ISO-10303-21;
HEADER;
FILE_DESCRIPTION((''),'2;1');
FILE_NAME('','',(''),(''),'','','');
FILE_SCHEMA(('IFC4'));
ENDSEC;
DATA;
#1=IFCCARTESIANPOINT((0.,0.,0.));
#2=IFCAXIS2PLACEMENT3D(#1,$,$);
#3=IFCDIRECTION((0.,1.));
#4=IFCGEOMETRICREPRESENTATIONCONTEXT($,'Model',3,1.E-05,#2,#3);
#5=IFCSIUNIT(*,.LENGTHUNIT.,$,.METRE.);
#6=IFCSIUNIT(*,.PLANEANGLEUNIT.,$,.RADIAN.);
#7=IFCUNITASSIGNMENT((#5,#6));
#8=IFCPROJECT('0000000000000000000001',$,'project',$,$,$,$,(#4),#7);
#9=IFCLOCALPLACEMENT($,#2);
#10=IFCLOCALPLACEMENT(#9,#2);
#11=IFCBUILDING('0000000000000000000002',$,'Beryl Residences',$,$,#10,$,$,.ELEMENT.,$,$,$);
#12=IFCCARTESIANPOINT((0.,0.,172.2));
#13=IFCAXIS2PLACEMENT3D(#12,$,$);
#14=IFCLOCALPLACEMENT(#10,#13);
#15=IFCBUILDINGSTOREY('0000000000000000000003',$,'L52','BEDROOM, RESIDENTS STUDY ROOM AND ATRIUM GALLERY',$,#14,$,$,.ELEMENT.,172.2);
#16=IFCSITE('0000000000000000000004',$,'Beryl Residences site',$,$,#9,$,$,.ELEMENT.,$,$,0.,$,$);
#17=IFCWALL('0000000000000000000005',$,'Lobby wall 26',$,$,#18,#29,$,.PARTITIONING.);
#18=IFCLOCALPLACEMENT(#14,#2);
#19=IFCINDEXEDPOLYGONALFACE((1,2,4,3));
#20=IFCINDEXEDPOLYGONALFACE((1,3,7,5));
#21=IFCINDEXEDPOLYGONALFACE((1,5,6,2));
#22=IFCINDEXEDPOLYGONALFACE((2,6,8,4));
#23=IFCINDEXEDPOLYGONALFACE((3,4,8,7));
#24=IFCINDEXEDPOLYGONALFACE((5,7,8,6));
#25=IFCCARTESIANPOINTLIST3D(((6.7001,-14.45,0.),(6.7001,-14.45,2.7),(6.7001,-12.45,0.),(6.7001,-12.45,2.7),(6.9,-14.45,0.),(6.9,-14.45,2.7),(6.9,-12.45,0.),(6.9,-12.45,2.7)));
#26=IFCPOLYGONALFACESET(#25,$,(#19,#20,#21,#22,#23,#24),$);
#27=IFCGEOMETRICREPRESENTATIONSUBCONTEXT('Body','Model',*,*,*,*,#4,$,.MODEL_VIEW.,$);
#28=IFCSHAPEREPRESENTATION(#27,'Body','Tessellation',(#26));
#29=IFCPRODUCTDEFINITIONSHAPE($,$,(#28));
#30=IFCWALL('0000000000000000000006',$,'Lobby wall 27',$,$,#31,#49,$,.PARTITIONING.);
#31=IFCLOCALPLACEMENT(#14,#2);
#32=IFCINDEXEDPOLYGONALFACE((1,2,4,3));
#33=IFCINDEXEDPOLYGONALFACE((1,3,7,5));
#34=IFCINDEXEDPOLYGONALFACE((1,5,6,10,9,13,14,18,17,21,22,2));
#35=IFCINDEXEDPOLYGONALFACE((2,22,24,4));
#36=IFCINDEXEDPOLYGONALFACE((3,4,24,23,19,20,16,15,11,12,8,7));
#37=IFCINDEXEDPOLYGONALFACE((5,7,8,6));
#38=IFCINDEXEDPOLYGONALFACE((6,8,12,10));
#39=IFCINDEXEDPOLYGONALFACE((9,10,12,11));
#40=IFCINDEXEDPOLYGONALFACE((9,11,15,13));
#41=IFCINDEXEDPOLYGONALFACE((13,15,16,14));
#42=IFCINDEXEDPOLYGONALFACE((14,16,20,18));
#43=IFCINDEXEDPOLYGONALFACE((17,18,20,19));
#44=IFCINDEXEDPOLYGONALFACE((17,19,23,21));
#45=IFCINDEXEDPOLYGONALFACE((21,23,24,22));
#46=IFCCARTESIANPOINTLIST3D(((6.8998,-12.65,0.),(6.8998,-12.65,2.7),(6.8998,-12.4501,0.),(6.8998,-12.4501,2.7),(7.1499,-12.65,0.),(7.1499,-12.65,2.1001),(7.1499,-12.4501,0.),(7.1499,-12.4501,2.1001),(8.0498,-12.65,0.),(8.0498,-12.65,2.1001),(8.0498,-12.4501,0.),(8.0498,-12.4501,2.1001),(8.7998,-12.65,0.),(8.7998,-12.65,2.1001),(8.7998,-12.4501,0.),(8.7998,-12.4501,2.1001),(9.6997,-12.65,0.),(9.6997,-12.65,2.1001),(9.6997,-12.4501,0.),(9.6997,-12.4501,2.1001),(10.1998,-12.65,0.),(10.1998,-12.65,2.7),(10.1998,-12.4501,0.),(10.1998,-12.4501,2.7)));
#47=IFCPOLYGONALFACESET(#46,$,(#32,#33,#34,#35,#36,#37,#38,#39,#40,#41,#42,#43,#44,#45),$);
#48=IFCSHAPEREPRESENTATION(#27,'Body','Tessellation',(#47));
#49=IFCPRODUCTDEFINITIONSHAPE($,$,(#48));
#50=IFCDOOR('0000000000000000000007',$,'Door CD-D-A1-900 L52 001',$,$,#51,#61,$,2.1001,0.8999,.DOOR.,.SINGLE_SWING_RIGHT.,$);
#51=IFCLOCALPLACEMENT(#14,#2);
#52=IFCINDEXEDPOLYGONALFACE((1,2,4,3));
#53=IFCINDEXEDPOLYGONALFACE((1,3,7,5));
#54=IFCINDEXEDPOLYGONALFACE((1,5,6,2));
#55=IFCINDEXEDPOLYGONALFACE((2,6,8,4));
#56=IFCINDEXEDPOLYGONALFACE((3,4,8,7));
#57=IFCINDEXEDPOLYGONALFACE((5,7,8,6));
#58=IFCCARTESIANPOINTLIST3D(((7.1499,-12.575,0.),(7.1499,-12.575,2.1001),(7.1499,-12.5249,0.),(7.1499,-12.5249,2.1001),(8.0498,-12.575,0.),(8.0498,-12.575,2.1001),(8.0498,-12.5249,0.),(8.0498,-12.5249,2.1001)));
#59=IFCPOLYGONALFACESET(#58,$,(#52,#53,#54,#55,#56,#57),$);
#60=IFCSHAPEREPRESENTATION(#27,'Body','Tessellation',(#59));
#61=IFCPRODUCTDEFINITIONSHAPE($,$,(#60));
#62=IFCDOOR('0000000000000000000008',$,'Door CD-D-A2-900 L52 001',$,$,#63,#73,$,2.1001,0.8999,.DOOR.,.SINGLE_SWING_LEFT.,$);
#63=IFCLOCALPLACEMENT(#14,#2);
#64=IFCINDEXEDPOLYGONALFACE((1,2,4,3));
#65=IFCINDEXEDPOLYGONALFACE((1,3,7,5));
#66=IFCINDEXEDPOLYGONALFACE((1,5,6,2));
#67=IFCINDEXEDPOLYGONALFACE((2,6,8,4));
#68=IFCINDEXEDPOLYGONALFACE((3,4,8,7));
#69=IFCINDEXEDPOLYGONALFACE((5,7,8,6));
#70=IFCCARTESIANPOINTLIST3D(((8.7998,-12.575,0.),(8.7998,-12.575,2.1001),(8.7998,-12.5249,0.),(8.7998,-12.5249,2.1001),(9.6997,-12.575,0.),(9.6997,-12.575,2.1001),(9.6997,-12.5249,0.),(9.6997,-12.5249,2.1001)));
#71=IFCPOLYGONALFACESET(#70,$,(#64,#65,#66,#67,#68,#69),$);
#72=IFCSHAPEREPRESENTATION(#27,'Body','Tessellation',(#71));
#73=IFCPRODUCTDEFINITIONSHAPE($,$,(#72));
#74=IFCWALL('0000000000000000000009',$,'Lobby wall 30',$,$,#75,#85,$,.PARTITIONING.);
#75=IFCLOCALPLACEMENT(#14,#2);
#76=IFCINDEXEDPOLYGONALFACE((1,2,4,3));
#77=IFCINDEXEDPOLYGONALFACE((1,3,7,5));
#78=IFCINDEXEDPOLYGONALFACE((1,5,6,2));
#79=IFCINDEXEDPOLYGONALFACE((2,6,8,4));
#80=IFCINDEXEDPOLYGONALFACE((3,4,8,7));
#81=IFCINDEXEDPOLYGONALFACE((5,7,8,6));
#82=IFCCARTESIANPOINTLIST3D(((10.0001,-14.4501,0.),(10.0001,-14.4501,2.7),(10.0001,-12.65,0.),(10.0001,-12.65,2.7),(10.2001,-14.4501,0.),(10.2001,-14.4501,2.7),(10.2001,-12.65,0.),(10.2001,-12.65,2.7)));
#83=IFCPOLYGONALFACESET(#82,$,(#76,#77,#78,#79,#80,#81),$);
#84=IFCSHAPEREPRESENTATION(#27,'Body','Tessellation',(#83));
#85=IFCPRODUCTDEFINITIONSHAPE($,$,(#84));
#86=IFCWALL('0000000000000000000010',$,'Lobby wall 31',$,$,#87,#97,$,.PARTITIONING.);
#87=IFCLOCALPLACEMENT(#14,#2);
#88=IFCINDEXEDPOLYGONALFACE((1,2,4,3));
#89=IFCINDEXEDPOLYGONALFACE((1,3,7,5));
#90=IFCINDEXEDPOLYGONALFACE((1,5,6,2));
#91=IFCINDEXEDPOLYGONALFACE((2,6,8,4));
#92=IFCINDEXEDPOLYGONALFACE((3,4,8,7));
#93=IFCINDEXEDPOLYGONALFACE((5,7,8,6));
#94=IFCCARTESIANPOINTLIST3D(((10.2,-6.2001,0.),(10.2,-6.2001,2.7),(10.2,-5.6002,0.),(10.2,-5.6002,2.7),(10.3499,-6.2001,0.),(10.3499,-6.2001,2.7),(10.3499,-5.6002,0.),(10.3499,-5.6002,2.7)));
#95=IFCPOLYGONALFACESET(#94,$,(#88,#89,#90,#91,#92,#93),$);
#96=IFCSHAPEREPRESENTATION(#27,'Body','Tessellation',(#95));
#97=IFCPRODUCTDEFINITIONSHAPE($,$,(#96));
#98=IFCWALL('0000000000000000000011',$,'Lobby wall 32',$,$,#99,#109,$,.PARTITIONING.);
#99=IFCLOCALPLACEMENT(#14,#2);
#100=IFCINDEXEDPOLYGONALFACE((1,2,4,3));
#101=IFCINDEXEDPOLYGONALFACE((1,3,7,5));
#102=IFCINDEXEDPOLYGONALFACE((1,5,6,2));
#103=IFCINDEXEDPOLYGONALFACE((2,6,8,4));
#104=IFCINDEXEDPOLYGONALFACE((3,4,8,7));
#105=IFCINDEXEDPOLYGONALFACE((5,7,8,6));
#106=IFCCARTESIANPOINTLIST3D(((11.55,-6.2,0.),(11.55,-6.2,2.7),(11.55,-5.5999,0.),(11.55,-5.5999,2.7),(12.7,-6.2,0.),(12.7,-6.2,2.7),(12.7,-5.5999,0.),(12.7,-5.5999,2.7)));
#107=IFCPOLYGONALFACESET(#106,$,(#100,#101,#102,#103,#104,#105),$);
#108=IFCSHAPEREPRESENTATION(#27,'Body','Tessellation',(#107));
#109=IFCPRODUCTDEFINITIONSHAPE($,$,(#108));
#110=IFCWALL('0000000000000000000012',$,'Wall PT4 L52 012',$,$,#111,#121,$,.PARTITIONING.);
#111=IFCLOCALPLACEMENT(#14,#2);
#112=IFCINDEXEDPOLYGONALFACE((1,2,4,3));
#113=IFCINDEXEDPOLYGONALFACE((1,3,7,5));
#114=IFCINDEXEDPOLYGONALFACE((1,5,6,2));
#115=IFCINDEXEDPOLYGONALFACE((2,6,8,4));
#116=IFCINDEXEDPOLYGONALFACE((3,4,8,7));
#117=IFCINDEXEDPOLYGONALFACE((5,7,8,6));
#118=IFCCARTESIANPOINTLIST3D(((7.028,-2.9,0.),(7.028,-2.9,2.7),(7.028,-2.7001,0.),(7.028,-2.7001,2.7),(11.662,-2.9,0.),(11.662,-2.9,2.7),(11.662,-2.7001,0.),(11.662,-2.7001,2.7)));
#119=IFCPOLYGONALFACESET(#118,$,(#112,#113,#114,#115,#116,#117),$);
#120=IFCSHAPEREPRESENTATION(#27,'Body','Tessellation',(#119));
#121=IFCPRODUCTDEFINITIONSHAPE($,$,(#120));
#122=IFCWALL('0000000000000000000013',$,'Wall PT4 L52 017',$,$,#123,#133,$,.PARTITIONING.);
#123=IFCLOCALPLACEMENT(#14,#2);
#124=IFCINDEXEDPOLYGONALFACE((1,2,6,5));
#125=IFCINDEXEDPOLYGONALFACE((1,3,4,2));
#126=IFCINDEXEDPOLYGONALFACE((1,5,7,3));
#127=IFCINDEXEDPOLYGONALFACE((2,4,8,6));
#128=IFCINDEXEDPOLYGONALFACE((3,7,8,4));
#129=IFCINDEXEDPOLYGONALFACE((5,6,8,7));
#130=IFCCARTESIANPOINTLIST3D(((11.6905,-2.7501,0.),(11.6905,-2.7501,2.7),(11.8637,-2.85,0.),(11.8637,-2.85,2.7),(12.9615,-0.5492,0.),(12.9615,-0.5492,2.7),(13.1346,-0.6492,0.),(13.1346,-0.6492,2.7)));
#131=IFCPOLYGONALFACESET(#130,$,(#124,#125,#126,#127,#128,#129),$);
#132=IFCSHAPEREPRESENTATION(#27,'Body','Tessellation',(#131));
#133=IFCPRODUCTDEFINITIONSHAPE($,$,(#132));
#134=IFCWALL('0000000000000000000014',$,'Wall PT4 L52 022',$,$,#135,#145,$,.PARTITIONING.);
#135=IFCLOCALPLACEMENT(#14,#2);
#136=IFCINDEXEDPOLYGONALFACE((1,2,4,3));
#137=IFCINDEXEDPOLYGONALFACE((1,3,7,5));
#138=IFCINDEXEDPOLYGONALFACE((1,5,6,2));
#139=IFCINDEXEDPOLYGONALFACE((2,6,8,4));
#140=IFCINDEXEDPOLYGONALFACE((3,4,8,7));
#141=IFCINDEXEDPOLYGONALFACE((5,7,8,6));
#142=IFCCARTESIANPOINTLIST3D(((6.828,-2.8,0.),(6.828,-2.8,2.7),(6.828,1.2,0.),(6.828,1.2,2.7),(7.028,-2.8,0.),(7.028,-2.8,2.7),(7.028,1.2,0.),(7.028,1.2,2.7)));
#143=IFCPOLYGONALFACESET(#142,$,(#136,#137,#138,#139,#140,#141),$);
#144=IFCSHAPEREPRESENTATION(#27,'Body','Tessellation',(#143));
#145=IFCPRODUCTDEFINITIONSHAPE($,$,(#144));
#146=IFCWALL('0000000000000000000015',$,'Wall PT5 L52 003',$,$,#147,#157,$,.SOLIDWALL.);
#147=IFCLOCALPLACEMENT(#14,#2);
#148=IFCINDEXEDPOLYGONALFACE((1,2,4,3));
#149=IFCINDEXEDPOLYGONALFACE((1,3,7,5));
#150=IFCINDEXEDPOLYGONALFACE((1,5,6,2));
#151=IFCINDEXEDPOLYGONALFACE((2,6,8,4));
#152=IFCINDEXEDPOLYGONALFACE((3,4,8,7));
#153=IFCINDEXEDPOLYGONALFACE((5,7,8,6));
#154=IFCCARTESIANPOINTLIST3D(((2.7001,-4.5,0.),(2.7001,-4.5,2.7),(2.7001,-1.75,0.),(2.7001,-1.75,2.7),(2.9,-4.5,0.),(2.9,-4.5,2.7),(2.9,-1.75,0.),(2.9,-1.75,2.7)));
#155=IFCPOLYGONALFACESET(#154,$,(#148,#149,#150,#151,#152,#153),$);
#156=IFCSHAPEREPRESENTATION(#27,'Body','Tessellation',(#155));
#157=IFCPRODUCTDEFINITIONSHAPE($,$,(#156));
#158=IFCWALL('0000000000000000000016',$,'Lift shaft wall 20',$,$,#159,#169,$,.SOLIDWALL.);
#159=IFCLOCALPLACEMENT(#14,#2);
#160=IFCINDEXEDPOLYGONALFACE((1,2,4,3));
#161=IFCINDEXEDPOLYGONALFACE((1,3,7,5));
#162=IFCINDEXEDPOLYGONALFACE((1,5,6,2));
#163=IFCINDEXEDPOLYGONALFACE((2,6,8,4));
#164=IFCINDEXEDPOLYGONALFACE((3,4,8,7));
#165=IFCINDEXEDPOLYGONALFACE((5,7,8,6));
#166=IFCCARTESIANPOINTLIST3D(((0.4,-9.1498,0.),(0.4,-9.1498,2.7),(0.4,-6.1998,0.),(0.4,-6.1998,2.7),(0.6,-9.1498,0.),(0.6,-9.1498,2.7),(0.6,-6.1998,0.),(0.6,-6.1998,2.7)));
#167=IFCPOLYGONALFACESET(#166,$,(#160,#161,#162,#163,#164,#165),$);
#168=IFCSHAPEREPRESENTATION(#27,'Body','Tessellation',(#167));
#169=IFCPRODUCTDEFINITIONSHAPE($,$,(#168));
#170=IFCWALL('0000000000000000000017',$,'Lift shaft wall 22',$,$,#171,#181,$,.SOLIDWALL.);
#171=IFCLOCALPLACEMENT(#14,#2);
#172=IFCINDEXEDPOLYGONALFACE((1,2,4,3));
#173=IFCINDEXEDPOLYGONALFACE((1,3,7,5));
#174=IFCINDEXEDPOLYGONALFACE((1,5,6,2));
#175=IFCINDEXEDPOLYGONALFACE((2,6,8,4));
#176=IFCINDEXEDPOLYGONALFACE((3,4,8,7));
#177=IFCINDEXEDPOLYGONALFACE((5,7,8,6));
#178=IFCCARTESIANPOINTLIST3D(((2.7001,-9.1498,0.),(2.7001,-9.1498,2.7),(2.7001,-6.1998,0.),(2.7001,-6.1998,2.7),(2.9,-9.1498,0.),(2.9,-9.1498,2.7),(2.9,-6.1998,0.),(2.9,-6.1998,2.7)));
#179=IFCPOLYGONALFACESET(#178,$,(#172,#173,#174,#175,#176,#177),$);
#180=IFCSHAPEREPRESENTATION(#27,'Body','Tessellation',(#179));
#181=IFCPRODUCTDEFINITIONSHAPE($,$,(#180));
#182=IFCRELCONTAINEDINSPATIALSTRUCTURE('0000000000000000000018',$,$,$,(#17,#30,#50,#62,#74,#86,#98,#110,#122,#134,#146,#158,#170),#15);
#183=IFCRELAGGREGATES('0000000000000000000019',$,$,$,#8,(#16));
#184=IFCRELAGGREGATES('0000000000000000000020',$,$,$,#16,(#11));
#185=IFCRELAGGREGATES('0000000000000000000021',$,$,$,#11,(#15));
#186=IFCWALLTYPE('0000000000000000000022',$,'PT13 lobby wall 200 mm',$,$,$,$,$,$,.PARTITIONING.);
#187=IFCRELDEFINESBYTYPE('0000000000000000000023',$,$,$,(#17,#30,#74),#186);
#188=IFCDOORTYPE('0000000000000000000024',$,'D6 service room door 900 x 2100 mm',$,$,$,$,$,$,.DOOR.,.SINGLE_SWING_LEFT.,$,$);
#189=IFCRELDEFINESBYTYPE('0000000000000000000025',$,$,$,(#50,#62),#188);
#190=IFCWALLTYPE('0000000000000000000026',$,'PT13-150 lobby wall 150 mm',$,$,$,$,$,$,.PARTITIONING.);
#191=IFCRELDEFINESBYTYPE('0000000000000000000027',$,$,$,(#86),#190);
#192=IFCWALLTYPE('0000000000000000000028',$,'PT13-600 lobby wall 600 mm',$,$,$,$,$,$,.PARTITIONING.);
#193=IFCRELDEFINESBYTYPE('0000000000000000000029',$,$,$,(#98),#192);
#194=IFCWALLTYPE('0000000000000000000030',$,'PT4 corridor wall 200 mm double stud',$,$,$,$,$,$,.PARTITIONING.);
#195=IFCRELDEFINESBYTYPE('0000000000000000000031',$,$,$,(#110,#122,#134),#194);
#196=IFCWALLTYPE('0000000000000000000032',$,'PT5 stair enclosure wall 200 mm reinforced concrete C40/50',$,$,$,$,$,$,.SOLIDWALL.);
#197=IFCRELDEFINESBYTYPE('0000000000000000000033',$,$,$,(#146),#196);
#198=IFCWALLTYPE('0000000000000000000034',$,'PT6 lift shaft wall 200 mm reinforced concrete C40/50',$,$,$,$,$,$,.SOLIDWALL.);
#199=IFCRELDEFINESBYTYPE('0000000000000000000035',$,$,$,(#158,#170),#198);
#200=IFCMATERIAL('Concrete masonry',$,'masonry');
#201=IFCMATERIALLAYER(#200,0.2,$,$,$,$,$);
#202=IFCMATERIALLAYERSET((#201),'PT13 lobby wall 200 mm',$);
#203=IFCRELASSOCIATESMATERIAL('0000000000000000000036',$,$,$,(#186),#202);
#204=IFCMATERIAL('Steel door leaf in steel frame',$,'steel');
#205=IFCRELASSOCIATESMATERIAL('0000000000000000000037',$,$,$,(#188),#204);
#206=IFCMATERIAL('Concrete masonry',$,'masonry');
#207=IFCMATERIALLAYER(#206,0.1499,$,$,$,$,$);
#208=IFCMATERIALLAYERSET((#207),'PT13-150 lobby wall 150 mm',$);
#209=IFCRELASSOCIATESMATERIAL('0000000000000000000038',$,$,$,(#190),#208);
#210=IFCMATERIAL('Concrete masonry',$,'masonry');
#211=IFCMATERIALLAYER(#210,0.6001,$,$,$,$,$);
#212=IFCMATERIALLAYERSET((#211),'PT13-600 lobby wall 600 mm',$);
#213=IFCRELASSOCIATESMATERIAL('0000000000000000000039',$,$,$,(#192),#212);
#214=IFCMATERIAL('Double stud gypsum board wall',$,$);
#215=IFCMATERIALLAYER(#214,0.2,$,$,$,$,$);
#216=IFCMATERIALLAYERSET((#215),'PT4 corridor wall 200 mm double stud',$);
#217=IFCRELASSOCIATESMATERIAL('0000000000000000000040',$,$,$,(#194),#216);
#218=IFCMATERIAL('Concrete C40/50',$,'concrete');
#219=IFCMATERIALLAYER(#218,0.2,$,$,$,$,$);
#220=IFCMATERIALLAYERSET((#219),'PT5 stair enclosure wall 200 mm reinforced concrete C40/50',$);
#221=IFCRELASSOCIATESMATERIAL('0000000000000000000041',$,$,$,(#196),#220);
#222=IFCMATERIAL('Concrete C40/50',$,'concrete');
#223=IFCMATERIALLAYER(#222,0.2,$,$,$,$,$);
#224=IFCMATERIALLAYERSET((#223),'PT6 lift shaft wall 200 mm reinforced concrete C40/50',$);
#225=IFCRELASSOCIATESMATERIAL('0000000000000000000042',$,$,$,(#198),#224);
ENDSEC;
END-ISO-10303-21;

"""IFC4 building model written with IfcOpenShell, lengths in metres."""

from ifc_helpers import new_model, si_unit, direction, frame, frame_2d, origin, place, context, subcontext, project, spatial, rectangle, extrude, material, layer, layer_set, type_object, element, fill, save


model = new_model("IFC4")

# Units and contexts
model_context = context("Model", 3, precision=1e-05, world=origin(), true_north=direction((0.0, 1.0)))
body_context = subcontext(model_context, "Body", "Model", "MODEL_VIEW")
ifc_project = project(units=[si_unit("LENGTHUNIT", "METRE"), si_unit("PLANEANGLEUNIT", "RADIAN")], contexts=[model_context])

# Site, building, storey
site_placement = place(None, origin())
site = spatial("IfcSite", under=ifc_project, at=site_placement, Name="Beryl Residences site", CompositionType="ELEMENT", RefElevation=0.0)
building_placement = place(site_placement, origin())
building = spatial("IfcBuilding", under=site, at=building_placement, Name="Beryl Residences", CompositionType="ELEMENT")
storey_placement = place(building_placement, frame((0.0, 0.0, 172.2)))
storey = spatial("IfcBuildingStorey", under=building, at=storey_placement, Name="L52", Description="BEDROOM, RESIDENTS STUDY ROOM AND ATRIUM GALLERY", CompositionType="ELEMENT", Elevation=172.2)

# Wall
ifc_material_1 = material(Name="Concrete masonry", Category="masonry")
ifc_layer_1 = layer(ifc_material_1, 0.2)
ifc_layer_set_1 = layer_set([ifc_layer_1], Name="PT13 lobby wall 200 mm")
wall_type_1 = type_object("IfcWallType", Name="PT13 lobby wall 200 mm", PredefinedType="PARTITIONING", material=ifc_layer_set_1)
wall_1_placement = place(storey_placement, frame((6.8, -14.45, 0.0), z_axis=(0.0, 0.0, 1.0), x_axis=(0.0, 1.0, 0.0)))
element("IfcWall", 1, at=wall_1_placement, inside=storey, type_object=wall_type_1, Name="Lobby wall 26", PredefinedType="PARTITIONING", context=body_context, shape_type="SweptSolid", body=[
    extrude(rectangle(XDim=2.0, YDim=0.2, at=frame_2d((1.0, 0.0))), origin(), (0.0, 0.0, 1.0), 2.7),
])

# Wall, openings, doors
wall_2_placement = place(storey_placement, frame((6.8999, -12.55, 0.0), z_axis=(0.0, 0.0, 1.0), x_axis=(1.0, 0.0, 0.0)))
wall_2 = element("IfcWall", 2, at=wall_2_placement, inside=storey, type_object=wall_type_1, Name="Lobby wall 27", PredefinedType="PARTITIONING", context=body_context, shape_type="SweptSolid", body=[
    extrude(rectangle(XDim=3.3, YDim=0.2, at=frame_2d((1.6499, 0.0))), origin(), (0.0, 0.0, 1.0), 2.7),
])
opening_1_placement = place(wall_2_placement, frame((1.1499, 0.0, 0.0), z_axis=(0.0, 0.0, 1.0), x_axis=(-1.0, 0.0, 0.0)))
opening_1 = element("IfcOpeningElement", 3, at=opening_1_placement, cuts=wall_2, PredefinedType="OPENING", context=body_context, shape_type="SweptSolid", body=[
    extrude(rectangle(XDim=0.8999, YDim=2.1001, at=frame_2d((0.45, 1.05))), frame((0.0, 0.1099, 0.0), z_axis=(0.0, -1.0, 0.0), x_axis=(1.0, 0.0, 0.0)), (0.0, 0.0, 1.0), 0.22),
])
opening_2_placement = place(wall_2_placement, frame((2.7998, 0.0, 0.0), z_axis=(0.0, 0.0, 1.0), x_axis=(-1.0, 0.0, 0.0)))
opening_2 = element("IfcOpeningElement", 4, at=opening_2_placement, cuts=wall_2, PredefinedType="OPENING", context=body_context, shape_type="SweptSolid", body=[
    extrude(rectangle(XDim=0.8999, YDim=2.1001, at=frame_2d((0.45, 1.05))), frame((0.0, 0.1099, 0.0), z_axis=(0.0, -1.0, 0.0), x_axis=(1.0, 0.0, 0.0)), (0.0, 0.0, 1.0), 0.22),
])
ifc_material_2 = material(Name="Steel door leaf in steel frame", Category="steel")
door_type = type_object("IfcDoorType", Name="D6 service room door 900 x 2100 mm", OperationType="SINGLE_SWING_LEFT", PredefinedType="DOOR", material=ifc_material_2)
door_1_placement = place(opening_1_placement, origin())
door_1 = element("IfcDoor", 5, at=door_1_placement, inside=storey, type_object=door_type, Name="Door CD-D-A1-900 L52 001", OperationType="SINGLE_SWING_RIGHT", OverallHeight=2.1001, OverallWidth=0.8999, PredefinedType="DOOR", context=body_context, shape_type="SweptSolid", body=[
    extrude(rectangle(XDim=0.8999, YDim=2.1001, at=frame_2d((0.45, 1.05))), frame((0.0, 0.0249, 0.0), z_axis=(0.0, -1.0, 0.0), x_axis=(1.0, 0.0, 0.0)), (0.0, 0.0, 1.0), 0.05),
])
fill(opening_1, door_1)
door_2_placement = place(opening_2_placement, origin())
door_2 = element("IfcDoor", 6, at=door_2_placement, inside=storey, type_object=door_type, Name="Door CD-D-A2-900 L52 001", OperationType="SINGLE_SWING_LEFT", OverallHeight=2.1001, OverallWidth=0.8999, PredefinedType="DOOR", context=body_context, shape_type="SweptSolid", body=[
    extrude(rectangle(XDim=0.8999, YDim=2.1001, at=frame_2d((0.45, 1.05))), frame((0.0, 0.0249, 0.0), z_axis=(0.0, -1.0, 0.0), x_axis=(1.0, 0.0, 0.0)), (0.0, 0.0, 1.0), 0.05),
])
fill(opening_2, door_2)

# Walls
wall_3_placement = place(storey_placement, frame((10.1001, -14.45, 0.0), z_axis=(0.0, 0.0, 1.0), x_axis=(0.0, 1.0, 0.0)))
element("IfcWall", 7, at=wall_3_placement, inside=storey, type_object=wall_type_1, Name="Lobby wall 30", PredefinedType="PARTITIONING", context=body_context, shape_type="SweptSolid", body=[
    extrude(rectangle(XDim=1.8, YDim=0.2, at=frame_2d((0.8999, 0.0))), origin(), (0.0, 0.0, 1.0), 2.7),
])
ifc_material_3 = material(Name="Concrete masonry", Category="masonry")
ifc_layer_2 = layer(ifc_material_3, 0.1499)
ifc_layer_set_2 = layer_set([ifc_layer_2], Name="PT13-150 lobby wall 150 mm")
wall_type_2 = type_object("IfcWallType", Name="PT13-150 lobby wall 150 mm", PredefinedType="PARTITIONING", material=ifc_layer_set_2)
wall_4_placement = place(storey_placement, frame((10.2749, -6.2, 0.0), z_axis=(0.0, 0.0, 1.0), x_axis=(0.0, 1.0, 0.0)))
element("IfcWall", 8, at=wall_4_placement, inside=storey, type_object=wall_type_2, Name="Lobby wall 31", PredefinedType="PARTITIONING", context=body_context, shape_type="SweptSolid", body=[
    extrude(rectangle(XDim=0.5999, YDim=0.1499, at=frame_2d((0.2998, 0.0))), origin(), (0.0, 0.0, 1.0), 2.7),
])
ifc_material_4 = material(Name="Concrete masonry", Category="masonry")
ifc_layer_3 = layer(ifc_material_4, 0.6001)
ifc_layer_set_3 = layer_set([ifc_layer_3], Name="PT13-600 lobby wall 600 mm")
wall_type_3 = type_object("IfcWallType", Name="PT13-600 lobby wall 600 mm", PredefinedType="PARTITIONING", material=ifc_layer_set_3)
wall_5_placement = place(storey_placement, frame((11.55, -5.8999, 0.0), z_axis=(0.0, 0.0, 1.0), x_axis=(1.0, 0.0, 0.0)))
element("IfcWall", 9, at=wall_5_placement, inside=storey, type_object=wall_type_3, Name="Lobby wall 32", PredefinedType="PARTITIONING", context=body_context, shape_type="SweptSolid", body=[
    extrude(rectangle(XDim=1.1499, YDim=0.6001, at=frame_2d((0.575, 0.0))), origin(), (0.0, 0.0, 1.0), 2.7),
])
ifc_material_5 = material(Name="Double stud gypsum board wall")
ifc_layer_4 = layer(ifc_material_5, 0.2)
ifc_layer_set_4 = layer_set([ifc_layer_4], Name="PT4 corridor wall 200 mm double stud")
wall_type_4 = type_object("IfcWallType", Name="PT4 corridor wall 200 mm double stud", PredefinedType="PARTITIONING", material=ifc_layer_set_4)
wall_6_placement = place(storey_placement, frame((7.0281, -2.8, 0.0), z_axis=(0.0, 0.0, 1.0), x_axis=(1.0, 0.0, 0.0)))
element("IfcWall", 10, at=wall_6_placement, inside=storey, type_object=wall_type_4, Name="Wall PT4 L52 012", PredefinedType="PARTITIONING", context=body_context, shape_type="SweptSolid", body=[
    extrude(rectangle(XDim=4.634, YDim=0.2, at=frame_2d((2.3169, 0.0))), origin(), (0.0, 0.0, 1.0), 2.7),
])
wall_7_placement = place(storey_placement, frame((11.7771, -2.8, 0.0), z_axis=(0.0, 0.0, 1.0), x_axis=(0.500086, 0.865976, 0.0)))
element("IfcWall", 11, at=wall_7_placement, inside=storey, type_object=wall_type_4, Name="Wall PT4 L52 017", PredefinedType="PARTITIONING", context=body_context, shape_type="SweptSolid", body=[
    extrude(rectangle(XDim=2.5415, YDim=0.2, at=frame_2d((1.2708, 0.0))), origin(), (0.0, 0.0, 1.0), 2.7),
])
wall_8_placement = place(storey_placement, frame((6.928, -2.8, 0.0), z_axis=(0.0, 0.0, 1.0), x_axis=(0.0, 1.0, 0.0)))
element("IfcWall", 12, at=wall_8_placement, inside=storey, type_object=wall_type_4, Name="Wall PT4 L52 022", PredefinedType="PARTITIONING", context=body_context, shape_type="SweptSolid", body=[
    extrude(rectangle(XDim=4.0, YDim=0.2, at=frame_2d((2.0, 0.0))), origin(), (0.0, 0.0, 1.0), 2.7),
])
ifc_material_6 = material(Name="Concrete C40/50", Category="concrete")
ifc_layer_5 = layer(ifc_material_6, 0.2)
ifc_layer_set_5 = layer_set([ifc_layer_5], Name="PT5 stair enclosure wall 200 mm reinforced concrete C40/50")
wall_type_5 = type_object("IfcWallType", Name="PT5 stair enclosure wall 200 mm reinforced concrete C40/50", PredefinedType="SOLIDWALL", material=ifc_layer_set_5)
wall_9_placement = place(storey_placement, frame((2.8, -4.5, 0.0), z_axis=(0.0, 0.0, 1.0), x_axis=(0.0, 1.0, 0.0)))
element("IfcWall", 13, at=wall_9_placement, inside=storey, type_object=wall_type_5, Name="Wall PT5 L52 003", PredefinedType="SOLIDWALL", context=body_context, shape_type="SweptSolid", body=[
    extrude(rectangle(XDim=2.75, YDim=0.2, at=frame_2d((1.375, 0.0))), origin(), (0.0, 0.0, 1.0), 2.7),
])
ifc_material_7 = material(Name="Concrete C40/50", Category="concrete")
ifc_layer_6 = layer(ifc_material_7, 0.2)
ifc_layer_set_6 = layer_set([ifc_layer_6], Name="PT6 lift shaft wall 200 mm reinforced concrete C40/50")
wall_type_6 = type_object("IfcWallType", Name="PT6 lift shaft wall 200 mm reinforced concrete C40/50", PredefinedType="SOLIDWALL", material=ifc_layer_set_6)
for number, where, z_axis, x_axis, name in (
    (14, (0.5, -9.1499, 0.0), (0.0, 0.0, 1.0), (0.0, 1.0, 0.0), "Lift shaft wall 20"),
    (15, (2.8, -9.1499, 0.0), (0.0, 0.0, 1.0), (0.0, 1.0, 0.0), "Lift shaft wall 22"),
):
    element("IfcWall", number, at=place(storey_placement, frame(where, z_axis=z_axis, x_axis=x_axis)), inside=storey, type_object=wall_type_6, Name=name, PredefinedType="SOLIDWALL", context=body_context, shape_type="SweptSolid", body=[
        extrude(rectangle(XDim=2.95, YDim=0.2, at=frame_2d((1.4751, 0.0))), origin(), (0.0, 0.0, 1.0), 2.7),
    ])

save(model, "model.ifc")
